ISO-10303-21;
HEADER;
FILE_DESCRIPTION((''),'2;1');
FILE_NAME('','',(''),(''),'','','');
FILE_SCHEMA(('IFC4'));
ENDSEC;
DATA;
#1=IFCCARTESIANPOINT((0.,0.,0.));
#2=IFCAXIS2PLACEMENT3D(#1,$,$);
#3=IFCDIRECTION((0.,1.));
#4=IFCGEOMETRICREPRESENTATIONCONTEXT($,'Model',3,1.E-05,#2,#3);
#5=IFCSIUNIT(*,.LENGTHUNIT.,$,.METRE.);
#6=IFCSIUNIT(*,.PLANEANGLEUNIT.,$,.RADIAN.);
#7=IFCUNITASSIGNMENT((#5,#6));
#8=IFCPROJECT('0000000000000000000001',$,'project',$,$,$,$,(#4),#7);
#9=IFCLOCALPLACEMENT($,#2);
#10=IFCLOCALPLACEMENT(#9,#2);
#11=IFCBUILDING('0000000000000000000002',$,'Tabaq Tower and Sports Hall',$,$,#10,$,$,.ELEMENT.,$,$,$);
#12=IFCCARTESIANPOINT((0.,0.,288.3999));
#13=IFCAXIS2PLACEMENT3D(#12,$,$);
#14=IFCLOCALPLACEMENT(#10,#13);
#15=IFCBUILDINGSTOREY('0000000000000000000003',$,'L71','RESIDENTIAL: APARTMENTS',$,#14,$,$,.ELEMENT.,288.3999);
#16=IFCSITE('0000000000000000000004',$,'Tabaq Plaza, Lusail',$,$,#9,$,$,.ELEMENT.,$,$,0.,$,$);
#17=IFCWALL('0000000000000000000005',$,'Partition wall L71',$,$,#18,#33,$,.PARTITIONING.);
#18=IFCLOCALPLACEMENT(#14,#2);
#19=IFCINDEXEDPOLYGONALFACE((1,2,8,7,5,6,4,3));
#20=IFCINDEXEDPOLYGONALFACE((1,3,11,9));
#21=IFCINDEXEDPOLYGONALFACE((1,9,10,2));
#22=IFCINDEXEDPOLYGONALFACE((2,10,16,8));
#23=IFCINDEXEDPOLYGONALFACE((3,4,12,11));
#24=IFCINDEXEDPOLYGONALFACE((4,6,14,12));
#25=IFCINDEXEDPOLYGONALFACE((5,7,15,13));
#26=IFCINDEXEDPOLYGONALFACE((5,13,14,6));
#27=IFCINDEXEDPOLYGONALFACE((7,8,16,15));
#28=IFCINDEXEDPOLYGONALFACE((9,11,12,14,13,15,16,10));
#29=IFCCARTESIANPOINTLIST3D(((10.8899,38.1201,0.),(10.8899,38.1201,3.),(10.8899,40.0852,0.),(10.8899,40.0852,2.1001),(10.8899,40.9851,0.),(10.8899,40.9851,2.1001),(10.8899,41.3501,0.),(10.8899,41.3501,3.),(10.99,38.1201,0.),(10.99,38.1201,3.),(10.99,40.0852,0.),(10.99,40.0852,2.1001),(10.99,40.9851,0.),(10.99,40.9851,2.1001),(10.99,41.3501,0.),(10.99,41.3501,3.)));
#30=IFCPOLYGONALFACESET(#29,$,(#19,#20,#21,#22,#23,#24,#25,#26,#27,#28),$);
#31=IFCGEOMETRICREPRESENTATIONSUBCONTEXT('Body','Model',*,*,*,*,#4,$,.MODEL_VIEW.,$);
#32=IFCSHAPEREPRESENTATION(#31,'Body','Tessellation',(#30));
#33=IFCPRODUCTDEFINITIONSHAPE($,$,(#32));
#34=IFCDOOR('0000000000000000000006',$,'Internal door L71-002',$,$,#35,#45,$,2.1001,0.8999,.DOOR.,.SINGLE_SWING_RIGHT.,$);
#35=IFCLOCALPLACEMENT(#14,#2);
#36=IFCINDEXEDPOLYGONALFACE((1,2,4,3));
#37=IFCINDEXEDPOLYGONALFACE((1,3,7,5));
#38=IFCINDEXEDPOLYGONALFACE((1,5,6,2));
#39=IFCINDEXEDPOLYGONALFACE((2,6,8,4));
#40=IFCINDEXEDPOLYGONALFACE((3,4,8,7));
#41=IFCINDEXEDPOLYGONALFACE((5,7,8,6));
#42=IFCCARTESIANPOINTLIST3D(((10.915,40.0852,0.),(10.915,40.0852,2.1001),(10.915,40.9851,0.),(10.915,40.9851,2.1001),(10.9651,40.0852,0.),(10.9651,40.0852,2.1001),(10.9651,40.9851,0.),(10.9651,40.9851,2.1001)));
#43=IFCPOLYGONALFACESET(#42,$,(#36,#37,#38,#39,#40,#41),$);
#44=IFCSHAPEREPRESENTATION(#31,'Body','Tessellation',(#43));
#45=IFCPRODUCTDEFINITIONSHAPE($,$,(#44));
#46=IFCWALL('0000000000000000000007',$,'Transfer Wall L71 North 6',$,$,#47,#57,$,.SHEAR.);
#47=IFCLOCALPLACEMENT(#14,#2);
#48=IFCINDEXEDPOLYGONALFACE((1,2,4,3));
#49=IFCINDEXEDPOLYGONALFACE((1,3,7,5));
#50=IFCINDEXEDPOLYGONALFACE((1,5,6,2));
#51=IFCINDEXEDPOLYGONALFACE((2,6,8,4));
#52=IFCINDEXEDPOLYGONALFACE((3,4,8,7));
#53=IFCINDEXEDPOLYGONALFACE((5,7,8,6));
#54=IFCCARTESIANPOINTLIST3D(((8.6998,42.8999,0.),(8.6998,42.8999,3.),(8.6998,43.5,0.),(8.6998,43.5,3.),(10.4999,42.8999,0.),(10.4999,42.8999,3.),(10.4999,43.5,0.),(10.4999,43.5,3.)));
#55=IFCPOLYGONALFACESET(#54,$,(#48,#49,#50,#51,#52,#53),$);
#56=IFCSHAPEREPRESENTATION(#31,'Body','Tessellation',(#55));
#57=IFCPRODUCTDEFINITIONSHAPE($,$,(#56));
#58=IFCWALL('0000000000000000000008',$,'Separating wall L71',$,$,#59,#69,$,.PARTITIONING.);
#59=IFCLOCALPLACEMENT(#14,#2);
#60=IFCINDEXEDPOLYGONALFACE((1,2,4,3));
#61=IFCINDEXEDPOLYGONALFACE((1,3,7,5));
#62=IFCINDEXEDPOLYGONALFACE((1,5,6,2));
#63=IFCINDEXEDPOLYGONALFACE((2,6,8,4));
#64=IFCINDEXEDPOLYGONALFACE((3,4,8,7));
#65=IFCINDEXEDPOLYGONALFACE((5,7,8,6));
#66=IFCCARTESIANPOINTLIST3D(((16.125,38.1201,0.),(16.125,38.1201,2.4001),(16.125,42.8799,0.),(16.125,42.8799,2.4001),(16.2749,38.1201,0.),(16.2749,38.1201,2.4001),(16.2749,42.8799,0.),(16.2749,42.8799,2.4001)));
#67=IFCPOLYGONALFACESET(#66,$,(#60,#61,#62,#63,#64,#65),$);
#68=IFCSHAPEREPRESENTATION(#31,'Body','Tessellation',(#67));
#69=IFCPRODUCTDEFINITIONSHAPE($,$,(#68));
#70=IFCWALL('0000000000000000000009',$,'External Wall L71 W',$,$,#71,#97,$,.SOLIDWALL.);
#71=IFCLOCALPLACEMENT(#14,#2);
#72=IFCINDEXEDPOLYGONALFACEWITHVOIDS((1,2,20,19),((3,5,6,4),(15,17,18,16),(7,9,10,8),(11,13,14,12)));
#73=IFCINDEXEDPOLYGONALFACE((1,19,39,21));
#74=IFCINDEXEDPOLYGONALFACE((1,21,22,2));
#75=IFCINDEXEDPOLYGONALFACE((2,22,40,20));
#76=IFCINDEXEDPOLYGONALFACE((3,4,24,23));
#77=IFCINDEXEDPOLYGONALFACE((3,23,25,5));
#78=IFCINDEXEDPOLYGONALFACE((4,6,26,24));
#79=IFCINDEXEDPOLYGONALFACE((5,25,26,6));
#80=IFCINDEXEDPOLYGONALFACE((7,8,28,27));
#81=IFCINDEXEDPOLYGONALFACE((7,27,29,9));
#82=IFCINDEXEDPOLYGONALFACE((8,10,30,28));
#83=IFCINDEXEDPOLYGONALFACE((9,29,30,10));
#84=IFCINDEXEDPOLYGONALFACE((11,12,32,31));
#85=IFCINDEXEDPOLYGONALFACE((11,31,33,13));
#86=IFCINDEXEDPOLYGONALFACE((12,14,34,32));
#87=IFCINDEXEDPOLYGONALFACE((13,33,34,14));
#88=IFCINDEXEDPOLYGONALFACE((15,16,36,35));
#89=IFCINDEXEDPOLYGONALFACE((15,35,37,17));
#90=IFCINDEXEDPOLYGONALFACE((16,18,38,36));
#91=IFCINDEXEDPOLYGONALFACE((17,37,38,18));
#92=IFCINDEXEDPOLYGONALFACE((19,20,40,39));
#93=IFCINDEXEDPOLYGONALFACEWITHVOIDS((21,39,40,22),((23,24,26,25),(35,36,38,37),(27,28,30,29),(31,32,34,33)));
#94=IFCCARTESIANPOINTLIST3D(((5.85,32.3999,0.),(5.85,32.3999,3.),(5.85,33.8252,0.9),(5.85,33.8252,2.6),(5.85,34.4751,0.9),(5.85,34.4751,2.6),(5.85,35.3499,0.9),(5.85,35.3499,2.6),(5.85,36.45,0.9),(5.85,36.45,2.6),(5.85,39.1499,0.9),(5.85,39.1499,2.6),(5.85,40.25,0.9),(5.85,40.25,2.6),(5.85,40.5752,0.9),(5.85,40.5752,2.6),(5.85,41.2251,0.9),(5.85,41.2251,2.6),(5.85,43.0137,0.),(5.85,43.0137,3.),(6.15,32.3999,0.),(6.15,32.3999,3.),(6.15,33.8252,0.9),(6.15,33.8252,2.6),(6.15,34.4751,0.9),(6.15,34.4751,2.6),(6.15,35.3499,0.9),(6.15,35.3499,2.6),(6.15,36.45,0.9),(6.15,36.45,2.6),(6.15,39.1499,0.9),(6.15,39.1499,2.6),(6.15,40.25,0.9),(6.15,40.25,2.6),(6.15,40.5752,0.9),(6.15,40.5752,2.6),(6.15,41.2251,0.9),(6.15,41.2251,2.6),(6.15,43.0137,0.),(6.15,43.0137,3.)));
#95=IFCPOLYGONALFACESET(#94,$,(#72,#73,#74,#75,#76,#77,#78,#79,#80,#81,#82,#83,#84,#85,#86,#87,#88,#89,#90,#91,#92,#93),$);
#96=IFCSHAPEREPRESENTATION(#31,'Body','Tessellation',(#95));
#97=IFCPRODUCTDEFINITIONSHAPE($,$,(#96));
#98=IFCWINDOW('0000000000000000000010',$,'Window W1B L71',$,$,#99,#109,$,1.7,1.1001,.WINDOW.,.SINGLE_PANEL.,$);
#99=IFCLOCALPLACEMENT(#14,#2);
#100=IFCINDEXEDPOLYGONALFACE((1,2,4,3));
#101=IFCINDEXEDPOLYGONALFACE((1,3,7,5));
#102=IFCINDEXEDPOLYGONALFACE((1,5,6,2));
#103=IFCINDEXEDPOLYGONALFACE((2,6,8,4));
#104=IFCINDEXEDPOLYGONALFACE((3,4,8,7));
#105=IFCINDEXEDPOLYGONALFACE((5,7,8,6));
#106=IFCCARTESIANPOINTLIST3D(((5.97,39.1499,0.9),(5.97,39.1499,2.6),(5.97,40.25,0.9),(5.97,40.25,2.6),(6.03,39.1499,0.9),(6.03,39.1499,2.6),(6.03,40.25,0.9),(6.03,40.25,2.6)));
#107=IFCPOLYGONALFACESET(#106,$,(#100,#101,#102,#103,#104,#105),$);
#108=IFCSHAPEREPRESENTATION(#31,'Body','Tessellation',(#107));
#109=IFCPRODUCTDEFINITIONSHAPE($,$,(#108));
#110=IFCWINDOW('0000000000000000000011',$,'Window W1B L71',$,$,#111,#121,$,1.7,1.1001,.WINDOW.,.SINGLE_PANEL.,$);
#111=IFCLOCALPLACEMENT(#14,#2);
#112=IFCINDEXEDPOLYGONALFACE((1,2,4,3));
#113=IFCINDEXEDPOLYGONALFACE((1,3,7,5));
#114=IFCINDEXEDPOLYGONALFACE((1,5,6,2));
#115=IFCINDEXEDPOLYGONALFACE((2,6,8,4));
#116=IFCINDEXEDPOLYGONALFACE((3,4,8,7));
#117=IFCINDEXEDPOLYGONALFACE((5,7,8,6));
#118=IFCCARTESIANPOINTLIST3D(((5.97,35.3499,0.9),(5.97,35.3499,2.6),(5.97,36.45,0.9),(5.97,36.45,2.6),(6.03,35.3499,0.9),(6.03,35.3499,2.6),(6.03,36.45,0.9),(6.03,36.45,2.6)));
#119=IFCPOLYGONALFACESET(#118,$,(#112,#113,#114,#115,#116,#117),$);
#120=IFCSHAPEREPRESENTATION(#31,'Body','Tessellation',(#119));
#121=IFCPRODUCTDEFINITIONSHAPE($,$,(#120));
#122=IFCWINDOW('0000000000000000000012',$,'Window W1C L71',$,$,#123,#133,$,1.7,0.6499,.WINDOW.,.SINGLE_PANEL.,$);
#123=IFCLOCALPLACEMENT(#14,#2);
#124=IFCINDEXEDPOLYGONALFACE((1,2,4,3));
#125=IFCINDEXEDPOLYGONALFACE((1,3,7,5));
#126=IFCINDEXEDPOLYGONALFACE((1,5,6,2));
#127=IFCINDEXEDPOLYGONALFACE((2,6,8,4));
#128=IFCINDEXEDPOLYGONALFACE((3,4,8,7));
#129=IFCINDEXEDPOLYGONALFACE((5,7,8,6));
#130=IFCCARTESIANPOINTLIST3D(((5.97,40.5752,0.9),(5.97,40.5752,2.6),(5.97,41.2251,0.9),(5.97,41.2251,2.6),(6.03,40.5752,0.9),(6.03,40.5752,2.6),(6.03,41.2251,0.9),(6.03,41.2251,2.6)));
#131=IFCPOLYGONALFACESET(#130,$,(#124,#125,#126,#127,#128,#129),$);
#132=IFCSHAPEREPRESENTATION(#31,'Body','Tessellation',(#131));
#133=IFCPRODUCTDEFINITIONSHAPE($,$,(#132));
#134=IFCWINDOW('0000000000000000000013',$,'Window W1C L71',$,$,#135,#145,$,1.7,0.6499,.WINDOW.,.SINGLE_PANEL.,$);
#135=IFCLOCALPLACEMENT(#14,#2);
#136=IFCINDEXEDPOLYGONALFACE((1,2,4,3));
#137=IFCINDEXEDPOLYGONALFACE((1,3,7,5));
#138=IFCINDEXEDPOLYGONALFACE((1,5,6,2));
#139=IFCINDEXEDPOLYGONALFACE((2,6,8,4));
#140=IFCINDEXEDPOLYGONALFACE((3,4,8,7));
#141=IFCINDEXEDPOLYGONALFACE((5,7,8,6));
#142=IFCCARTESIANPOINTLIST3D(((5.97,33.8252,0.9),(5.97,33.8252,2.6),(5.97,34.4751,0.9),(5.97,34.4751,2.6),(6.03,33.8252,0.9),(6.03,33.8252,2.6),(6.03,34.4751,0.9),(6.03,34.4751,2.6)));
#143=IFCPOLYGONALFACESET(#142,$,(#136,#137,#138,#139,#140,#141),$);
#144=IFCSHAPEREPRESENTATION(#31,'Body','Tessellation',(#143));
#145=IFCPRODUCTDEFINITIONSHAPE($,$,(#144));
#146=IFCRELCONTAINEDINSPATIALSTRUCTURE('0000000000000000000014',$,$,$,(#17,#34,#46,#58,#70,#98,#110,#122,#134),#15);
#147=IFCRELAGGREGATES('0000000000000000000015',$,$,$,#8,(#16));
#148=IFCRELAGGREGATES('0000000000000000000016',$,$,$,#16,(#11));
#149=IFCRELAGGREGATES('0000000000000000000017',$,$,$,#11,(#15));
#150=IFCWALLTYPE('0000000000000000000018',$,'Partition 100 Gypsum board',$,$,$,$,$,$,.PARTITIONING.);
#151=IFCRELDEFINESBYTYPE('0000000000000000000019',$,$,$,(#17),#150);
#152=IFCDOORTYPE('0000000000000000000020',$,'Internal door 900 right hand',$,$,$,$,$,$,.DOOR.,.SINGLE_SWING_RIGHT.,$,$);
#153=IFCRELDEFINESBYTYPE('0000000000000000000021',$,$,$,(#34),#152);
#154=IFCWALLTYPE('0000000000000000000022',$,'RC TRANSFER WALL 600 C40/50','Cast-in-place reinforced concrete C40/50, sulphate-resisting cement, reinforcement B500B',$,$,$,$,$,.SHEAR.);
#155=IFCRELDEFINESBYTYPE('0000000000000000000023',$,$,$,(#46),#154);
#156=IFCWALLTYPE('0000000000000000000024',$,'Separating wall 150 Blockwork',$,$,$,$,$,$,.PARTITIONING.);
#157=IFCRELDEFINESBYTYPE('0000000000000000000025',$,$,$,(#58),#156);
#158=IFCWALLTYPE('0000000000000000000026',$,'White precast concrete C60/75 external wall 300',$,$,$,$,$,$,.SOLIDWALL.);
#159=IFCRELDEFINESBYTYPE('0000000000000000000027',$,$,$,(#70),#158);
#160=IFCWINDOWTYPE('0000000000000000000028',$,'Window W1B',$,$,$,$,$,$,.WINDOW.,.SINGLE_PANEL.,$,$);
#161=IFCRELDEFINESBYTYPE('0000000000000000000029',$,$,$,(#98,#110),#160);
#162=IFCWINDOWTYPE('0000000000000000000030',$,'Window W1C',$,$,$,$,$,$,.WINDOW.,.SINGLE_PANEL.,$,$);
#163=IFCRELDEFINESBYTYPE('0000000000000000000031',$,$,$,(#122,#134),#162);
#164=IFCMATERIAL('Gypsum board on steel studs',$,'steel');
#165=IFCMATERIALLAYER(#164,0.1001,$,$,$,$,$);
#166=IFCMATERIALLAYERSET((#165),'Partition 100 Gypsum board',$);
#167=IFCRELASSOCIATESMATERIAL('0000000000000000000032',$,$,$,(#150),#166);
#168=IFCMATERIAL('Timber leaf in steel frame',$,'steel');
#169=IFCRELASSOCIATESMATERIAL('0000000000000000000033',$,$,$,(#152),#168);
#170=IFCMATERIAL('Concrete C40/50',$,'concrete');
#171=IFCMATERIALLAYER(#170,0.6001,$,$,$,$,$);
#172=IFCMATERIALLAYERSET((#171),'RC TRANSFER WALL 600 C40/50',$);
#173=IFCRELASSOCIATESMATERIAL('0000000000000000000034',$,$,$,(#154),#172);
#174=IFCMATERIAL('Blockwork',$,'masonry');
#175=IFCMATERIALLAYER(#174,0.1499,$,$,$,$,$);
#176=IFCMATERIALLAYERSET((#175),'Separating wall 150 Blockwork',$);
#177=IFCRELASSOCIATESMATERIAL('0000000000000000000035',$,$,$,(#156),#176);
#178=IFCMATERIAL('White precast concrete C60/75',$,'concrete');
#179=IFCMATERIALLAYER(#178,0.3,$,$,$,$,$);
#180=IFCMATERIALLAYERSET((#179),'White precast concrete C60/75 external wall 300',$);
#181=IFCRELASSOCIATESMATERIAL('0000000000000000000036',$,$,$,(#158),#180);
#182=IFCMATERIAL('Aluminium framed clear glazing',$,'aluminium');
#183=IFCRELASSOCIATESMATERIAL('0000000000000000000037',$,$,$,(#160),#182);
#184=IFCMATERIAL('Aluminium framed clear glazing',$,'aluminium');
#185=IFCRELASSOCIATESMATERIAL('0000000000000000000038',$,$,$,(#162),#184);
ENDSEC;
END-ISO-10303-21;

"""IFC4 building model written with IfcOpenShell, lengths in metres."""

from ifc_helpers import new_model, si_unit, direction, frame, frame_2d, origin, place, context, subcontext, project, spatial, rectangle, extrude, material, layer, layer_set, type_object, element, fill, save


model = new_model("IFC4")

# Units and contexts
model_context = context("Model", 3, precision=1e-05, world=origin(), true_north=direction((0.0, 1.0)))
body_context = subcontext(model_context, "Body", "Model", "MODEL_VIEW")
ifc_project = project(units=[si_unit("LENGTHUNIT", "METRE"), si_unit("PLANEANGLEUNIT", "RADIAN")], contexts=[model_context])

# Site, building, storey
site_placement = place(None, origin())
site = spatial("IfcSite", under=ifc_project, at=site_placement, Name="Tabaq Plaza, Lusail", CompositionType="ELEMENT", RefElevation=0.0)
building_placement = place(site_placement, origin())
building = spatial("IfcBuilding", under=site, at=building_placement, Name="Tabaq Tower and Sports Hall", CompositionType="ELEMENT")
storey_placement = place(building_placement, frame((0.0, 0.0, 288.3999)))
storey = spatial("IfcBuildingStorey", under=building, at=storey_placement, Name="L71", Description="RESIDENTIAL: APARTMENTS", CompositionType="ELEMENT", Elevation=288.3999)

# Shared definitions
ifc_material_1 = material(Name="Gypsum board on steel studs", Category="steel")
ifc_layer_1 = layer(ifc_material_1, 0.1001)
ifc_layer_set_1 = layer_set([ifc_layer_1], Name="Partition 100 Gypsum board")
wall_type_1 = type_object("IfcWallType", Name="Partition 100 Gypsum board", PredefinedType="PARTITIONING", material=ifc_layer_set_1)

# Shared definitions
ifc_material_2 = material(Name="Timber leaf in steel frame", Category="steel")
door_type_1 = type_object("IfcDoorType", Name="Internal door 900 right hand", OperationType="SINGLE_SWING_RIGHT", PredefinedType="DOOR", material=ifc_material_2)

# Wall, opening, door
wall_1_placement = place(storey_placement, frame((10.9399, 38.1201, 0.0), z_axis=(0.0, 0.0, 1.0), x_axis=(0.0, 1.0, 0.0)))
wall_1 = element("IfcWall", 1, at=wall_1_placement, inside=storey, type_object=wall_type_1, Name="Partition wall L71", PredefinedType="PARTITIONING", context=body_context, shape_type="SweptSolid", body=[
    extrude(rectangle(XDim=3.23, YDim=0.1001, at=frame_2d((1.615, 0.0))), origin(), (0.0, 0.0, 1.0), 3.0),
])
opening_1_placement = place(wall_1_placement, frame((1.9651, 0.0, 0.0)))
opening_1 = element("IfcOpeningElement", 2, at=opening_1_placement, cuts=wall_1, PredefinedType="OPENING", context=body_context, shape_type="SweptSolid", body=[
    extrude(rectangle(XDim=0.8999, YDim=2.1001, at=frame_2d((0.45, 1.05))), frame((0.0, 0.05, 0.0), z_axis=(0.0, -1.0, 0.0), x_axis=(1.0, 0.0, 0.0)), (0.0, 0.0, 1.0), 0.1001),
])
door_1_placement = place(opening_1_placement, origin())
door_1 = element("IfcDoor", 3, at=door_1_placement, inside=storey, type_object=door_type_1, Name="Internal door L71-002", OperationType="SINGLE_SWING_RIGHT", OverallHeight=2.1001, OverallWidth=0.8999, PredefinedType="DOOR", context=body_context, shape_type="SweptSolid", body=[
    extrude(rectangle(XDim=0.8999, YDim=2.1001, at=frame_2d((0.45, 1.05))), frame((0.0, 0.0249, 0.0), z_axis=(0.0, -1.0, 0.0), x_axis=(1.0, 0.0, 0.0)), (0.0, 0.0, 1.0), 0.05),
])
fill(opening_1, door_1)

# Walls
ifc_material_3 = material(Name="Concrete C40/50", Category="concrete")
ifc_layer_2 = layer(ifc_material_3, 0.6001)
ifc_layer_set_2 = layer_set([ifc_layer_2], Name="RC TRANSFER WALL 600 C40/50")
wall_type_2 = type_object("IfcWallType", Name="RC TRANSFER WALL 600 C40/50", Description="Cast-in-place reinforced concrete C40/50, sulphate-resisting cement, reinforcement B500B", PredefinedType="SHEAR", material=ifc_layer_set_2)
wall_2_placement = place(storey_placement, frame((8.7, 43.2, 0.0), z_axis=(0.0, 0.0, 1.0), x_axis=(1.0, 0.0, 0.0)))
element("IfcWall", 4, at=wall_2_placement, inside=storey, type_object=wall_type_2, Name="Transfer Wall L71 North 6", PredefinedType="SHEAR", context=body_context, shape_type="SweptSolid", body=[
    extrude(rectangle(XDim=1.8, YDim=0.6001, at=frame_2d((0.8999, 0.0))), origin(), (0.0, 0.0, 1.0), 3.0),
])
ifc_material_4 = material(Name="Blockwork", Category="masonry")
ifc_layer_3 = layer(ifc_material_4, 0.1499)
ifc_layer_set_3 = layer_set([ifc_layer_3], Name="Separating wall 150 Blockwork")
wall_type_3 = type_object("IfcWallType", Name="Separating wall 150 Blockwork", PredefinedType="PARTITIONING", material=ifc_layer_set_3)
wall_3_placement = place(storey_placement, frame((16.2, 38.1201, 0.0), z_axis=(0.0, 0.0, 1.0), x_axis=(0.0, 1.0, 0.0)))
element("IfcWall", 5, at=wall_3_placement, inside=storey, type_object=wall_type_3, Name="Separating wall L71", PredefinedType="PARTITIONING", context=body_context, shape_type="SweptSolid", body=[
    extrude(rectangle(XDim=4.7598, YDim=0.1499, at=frame_2d((2.3799, 0.0))), origin(), (0.0, 0.0, 1.0), 2.4001),
])

# Wall, openings, windows
ifc_material_5 = material(Name="White precast concrete C60/75", Category="concrete")
ifc_layer_4 = layer(ifc_material_5, 0.3)
ifc_layer_set_4 = layer_set([ifc_layer_4], Name="White precast concrete C60/75 external wall 300")
wall_type_4 = type_object("IfcWallType", Name="White precast concrete C60/75 external wall 300", PredefinedType="SOLIDWALL", material=ifc_layer_set_4)
wall_4_placement = place(storey_placement, frame((6.0, 43.0137, 0.0), z_axis=(0.0, 0.0, 1.0), x_axis=(0.0, -1.0, 0.0)))
wall_4 = element("IfcWall", 6, at=wall_4_placement, inside=storey, type_object=wall_type_4, Name="External Wall L71 W", PredefinedType="SOLIDWALL", context=body_context, shape_type="SweptSolid", body=[
    extrude(rectangle(XDim=10.6138, YDim=0.3, at=frame_2d((5.3069, 0.0))), origin(), (0.0, 0.0, 1.0), 3.0),
])
opening_2_placement = place(wall_4_placement, frame((1.7886, 0.0, 0.8999)))
opening_2 = element("IfcOpeningElement", 7, at=opening_2_placement, cuts=wall_4, PredefinedType="OPENING", context=body_context, shape_type="SweptSolid", body=[
    extrude(rectangle(XDim=0.6499, YDim=1.7, at=frame_2d((0.325, 0.8501))), frame((0.0, 0.1602, 0.0), z_axis=(0.0, -1.0, 0.0), x_axis=(1.0, 0.0, 0.0)), (0.0, 0.0, 1.0), 0.3201),
])
opening_3_placement = place(wall_4_placement, frame((2.7637, 0.0, 0.8999)))
opening_3 = element("IfcOpeningElement", 8, at=opening_3_placement, cuts=wall_4, PredefinedType="OPENING", context=body_context, shape_type="SweptSolid", body=[
    extrude(rectangle(XDim=1.1001, YDim=1.7, at=frame_2d((0.55, 0.8501))), frame((0.0, 0.1602, 0.0), z_axis=(0.0, -1.0, 0.0), x_axis=(1.0, 0.0, 0.0)), (0.0, 0.0, 1.0), 0.3201),
])
opening_4_placement = place(wall_4_placement, frame((6.5637, 0.0, 0.8999)))
opening_4 = element("IfcOpeningElement", 9, at=opening_4_placement, cuts=wall_4, PredefinedType="OPENING", context=body_context, shape_type="SweptSolid", body=[
    extrude(rectangle(XDim=1.1001, YDim=1.7, at=frame_2d((0.55, 0.8501))), frame((0.0, 0.1602, 0.0), z_axis=(0.0, -1.0, 0.0), x_axis=(1.0, 0.0, 0.0)), (0.0, 0.0, 1.0), 0.3201),
])
opening_5_placement = place(wall_4_placement, frame((8.5386, 0.0, 0.8999)))
opening_5 = element("IfcOpeningElement", 10, at=opening_5_placement, cuts=wall_4, PredefinedType="OPENING", context=body_context, shape_type="SweptSolid", body=[
    extrude(rectangle(XDim=0.6499, YDim=1.7, at=frame_2d((0.325, 0.8501))), frame((0.0, 0.1602, 0.0), z_axis=(0.0, -1.0, 0.0), x_axis=(1.0, 0.0, 0.0)), (0.0, 0.0, 1.0), 0.3201),
])
ifc_material_6 = material(Name="Aluminium framed clear glazing", Category="aluminium")
window_type_1 = type_object("IfcWindowType", Name="Window W1B", PartitioningType="SINGLE_PANEL", PredefinedType="WINDOW", material=ifc_material_6)
window_1_placement = place(opening_3_placement, origin())
window_1 = element("IfcWindow", 11, at=window_1_placement, inside=storey, type_object=window_type_1, Name="Window W1B L71", OverallHeight=1.7, OverallWidth=1.1001, PartitioningType="SINGLE_PANEL", PredefinedType="WINDOW", context=body_context, shape_type="SweptSolid", body=[
    extrude(rectangle(XDim=1.1001, YDim=1.7, at=frame_2d((0.55, 0.8501))), frame((0.0, 0.03, 0.0), z_axis=(0.0, -1.0, 0.0), x_axis=(1.0, 0.0, 0.0)), (0.0, 0.0, 1.0), 0.0601),
])
fill(opening_3, window_1)
window_2_placement = place(opening_4_placement, origin())
window_2 = element("IfcWindow", 12, at=window_2_placement, inside=storey, type_object=window_type_1, Name="Window W1B L71", OverallHeight=1.7, OverallWidth=1.1001, PartitioningType="SINGLE_PANEL", PredefinedType="WINDOW", context=body_context, shape_type="SweptSolid", body=[
    extrude(rectangle(XDim=1.1001, YDim=1.7, at=frame_2d((0.55, 0.8501))), frame((0.0, 0.03, 0.0), z_axis=(0.0, -1.0, 0.0), x_axis=(1.0, 0.0, 0.0)), (0.0, 0.0, 1.0), 0.0601),
])
fill(opening_4, window_2)
ifc_material_7 = material(Name="Aluminium framed clear glazing", Category="aluminium")
window_type_2 = type_object("IfcWindowType", Name="Window W1C", PartitioningType="SINGLE_PANEL", PredefinedType="WINDOW", material=ifc_material_7)
window_3_placement = place(opening_2_placement, origin())
window_3 = element("IfcWindow", 13, at=window_3_placement, inside=storey, type_object=window_type_2, Name="Window W1C L71", OverallHeight=1.7, OverallWidth=0.6499, PartitioningType="SINGLE_PANEL", PredefinedType="WINDOW", context=body_context, shape_type="SweptSolid", body=[
    extrude(rectangle(XDim=0.6499, YDim=1.7, at=frame_2d((0.325, 0.8501))), frame((0.0, 0.03, 0.0), z_axis=(0.0, -1.0, 0.0), x_axis=(1.0, 0.0, 0.0)), (0.0, 0.0, 1.0), 0.0601),
])
fill(opening_2, window_3)
window_4_placement = place(opening_5_placement, origin())
window_4 = element("IfcWindow", 14, at=window_4_placement, inside=storey, type_object=window_type_2, Name="Window W1C L71", OverallHeight=1.7, OverallWidth=0.6499, PartitioningType="SINGLE_PANEL", PredefinedType="WINDOW", context=body_context, shape_type="SweptSolid", body=[
    extrude(rectangle(XDim=0.6499, YDim=1.7, at=frame_2d((0.325, 0.8501))), frame((0.0, 0.03, 0.0), z_axis=(0.0, -1.0, 0.0), x_axis=(1.0, 0.0, 0.0)), (0.0, 0.0, 1.0), 0.0601),
])
fill(opening_5, window_4)

save(model, "model.ifc")
